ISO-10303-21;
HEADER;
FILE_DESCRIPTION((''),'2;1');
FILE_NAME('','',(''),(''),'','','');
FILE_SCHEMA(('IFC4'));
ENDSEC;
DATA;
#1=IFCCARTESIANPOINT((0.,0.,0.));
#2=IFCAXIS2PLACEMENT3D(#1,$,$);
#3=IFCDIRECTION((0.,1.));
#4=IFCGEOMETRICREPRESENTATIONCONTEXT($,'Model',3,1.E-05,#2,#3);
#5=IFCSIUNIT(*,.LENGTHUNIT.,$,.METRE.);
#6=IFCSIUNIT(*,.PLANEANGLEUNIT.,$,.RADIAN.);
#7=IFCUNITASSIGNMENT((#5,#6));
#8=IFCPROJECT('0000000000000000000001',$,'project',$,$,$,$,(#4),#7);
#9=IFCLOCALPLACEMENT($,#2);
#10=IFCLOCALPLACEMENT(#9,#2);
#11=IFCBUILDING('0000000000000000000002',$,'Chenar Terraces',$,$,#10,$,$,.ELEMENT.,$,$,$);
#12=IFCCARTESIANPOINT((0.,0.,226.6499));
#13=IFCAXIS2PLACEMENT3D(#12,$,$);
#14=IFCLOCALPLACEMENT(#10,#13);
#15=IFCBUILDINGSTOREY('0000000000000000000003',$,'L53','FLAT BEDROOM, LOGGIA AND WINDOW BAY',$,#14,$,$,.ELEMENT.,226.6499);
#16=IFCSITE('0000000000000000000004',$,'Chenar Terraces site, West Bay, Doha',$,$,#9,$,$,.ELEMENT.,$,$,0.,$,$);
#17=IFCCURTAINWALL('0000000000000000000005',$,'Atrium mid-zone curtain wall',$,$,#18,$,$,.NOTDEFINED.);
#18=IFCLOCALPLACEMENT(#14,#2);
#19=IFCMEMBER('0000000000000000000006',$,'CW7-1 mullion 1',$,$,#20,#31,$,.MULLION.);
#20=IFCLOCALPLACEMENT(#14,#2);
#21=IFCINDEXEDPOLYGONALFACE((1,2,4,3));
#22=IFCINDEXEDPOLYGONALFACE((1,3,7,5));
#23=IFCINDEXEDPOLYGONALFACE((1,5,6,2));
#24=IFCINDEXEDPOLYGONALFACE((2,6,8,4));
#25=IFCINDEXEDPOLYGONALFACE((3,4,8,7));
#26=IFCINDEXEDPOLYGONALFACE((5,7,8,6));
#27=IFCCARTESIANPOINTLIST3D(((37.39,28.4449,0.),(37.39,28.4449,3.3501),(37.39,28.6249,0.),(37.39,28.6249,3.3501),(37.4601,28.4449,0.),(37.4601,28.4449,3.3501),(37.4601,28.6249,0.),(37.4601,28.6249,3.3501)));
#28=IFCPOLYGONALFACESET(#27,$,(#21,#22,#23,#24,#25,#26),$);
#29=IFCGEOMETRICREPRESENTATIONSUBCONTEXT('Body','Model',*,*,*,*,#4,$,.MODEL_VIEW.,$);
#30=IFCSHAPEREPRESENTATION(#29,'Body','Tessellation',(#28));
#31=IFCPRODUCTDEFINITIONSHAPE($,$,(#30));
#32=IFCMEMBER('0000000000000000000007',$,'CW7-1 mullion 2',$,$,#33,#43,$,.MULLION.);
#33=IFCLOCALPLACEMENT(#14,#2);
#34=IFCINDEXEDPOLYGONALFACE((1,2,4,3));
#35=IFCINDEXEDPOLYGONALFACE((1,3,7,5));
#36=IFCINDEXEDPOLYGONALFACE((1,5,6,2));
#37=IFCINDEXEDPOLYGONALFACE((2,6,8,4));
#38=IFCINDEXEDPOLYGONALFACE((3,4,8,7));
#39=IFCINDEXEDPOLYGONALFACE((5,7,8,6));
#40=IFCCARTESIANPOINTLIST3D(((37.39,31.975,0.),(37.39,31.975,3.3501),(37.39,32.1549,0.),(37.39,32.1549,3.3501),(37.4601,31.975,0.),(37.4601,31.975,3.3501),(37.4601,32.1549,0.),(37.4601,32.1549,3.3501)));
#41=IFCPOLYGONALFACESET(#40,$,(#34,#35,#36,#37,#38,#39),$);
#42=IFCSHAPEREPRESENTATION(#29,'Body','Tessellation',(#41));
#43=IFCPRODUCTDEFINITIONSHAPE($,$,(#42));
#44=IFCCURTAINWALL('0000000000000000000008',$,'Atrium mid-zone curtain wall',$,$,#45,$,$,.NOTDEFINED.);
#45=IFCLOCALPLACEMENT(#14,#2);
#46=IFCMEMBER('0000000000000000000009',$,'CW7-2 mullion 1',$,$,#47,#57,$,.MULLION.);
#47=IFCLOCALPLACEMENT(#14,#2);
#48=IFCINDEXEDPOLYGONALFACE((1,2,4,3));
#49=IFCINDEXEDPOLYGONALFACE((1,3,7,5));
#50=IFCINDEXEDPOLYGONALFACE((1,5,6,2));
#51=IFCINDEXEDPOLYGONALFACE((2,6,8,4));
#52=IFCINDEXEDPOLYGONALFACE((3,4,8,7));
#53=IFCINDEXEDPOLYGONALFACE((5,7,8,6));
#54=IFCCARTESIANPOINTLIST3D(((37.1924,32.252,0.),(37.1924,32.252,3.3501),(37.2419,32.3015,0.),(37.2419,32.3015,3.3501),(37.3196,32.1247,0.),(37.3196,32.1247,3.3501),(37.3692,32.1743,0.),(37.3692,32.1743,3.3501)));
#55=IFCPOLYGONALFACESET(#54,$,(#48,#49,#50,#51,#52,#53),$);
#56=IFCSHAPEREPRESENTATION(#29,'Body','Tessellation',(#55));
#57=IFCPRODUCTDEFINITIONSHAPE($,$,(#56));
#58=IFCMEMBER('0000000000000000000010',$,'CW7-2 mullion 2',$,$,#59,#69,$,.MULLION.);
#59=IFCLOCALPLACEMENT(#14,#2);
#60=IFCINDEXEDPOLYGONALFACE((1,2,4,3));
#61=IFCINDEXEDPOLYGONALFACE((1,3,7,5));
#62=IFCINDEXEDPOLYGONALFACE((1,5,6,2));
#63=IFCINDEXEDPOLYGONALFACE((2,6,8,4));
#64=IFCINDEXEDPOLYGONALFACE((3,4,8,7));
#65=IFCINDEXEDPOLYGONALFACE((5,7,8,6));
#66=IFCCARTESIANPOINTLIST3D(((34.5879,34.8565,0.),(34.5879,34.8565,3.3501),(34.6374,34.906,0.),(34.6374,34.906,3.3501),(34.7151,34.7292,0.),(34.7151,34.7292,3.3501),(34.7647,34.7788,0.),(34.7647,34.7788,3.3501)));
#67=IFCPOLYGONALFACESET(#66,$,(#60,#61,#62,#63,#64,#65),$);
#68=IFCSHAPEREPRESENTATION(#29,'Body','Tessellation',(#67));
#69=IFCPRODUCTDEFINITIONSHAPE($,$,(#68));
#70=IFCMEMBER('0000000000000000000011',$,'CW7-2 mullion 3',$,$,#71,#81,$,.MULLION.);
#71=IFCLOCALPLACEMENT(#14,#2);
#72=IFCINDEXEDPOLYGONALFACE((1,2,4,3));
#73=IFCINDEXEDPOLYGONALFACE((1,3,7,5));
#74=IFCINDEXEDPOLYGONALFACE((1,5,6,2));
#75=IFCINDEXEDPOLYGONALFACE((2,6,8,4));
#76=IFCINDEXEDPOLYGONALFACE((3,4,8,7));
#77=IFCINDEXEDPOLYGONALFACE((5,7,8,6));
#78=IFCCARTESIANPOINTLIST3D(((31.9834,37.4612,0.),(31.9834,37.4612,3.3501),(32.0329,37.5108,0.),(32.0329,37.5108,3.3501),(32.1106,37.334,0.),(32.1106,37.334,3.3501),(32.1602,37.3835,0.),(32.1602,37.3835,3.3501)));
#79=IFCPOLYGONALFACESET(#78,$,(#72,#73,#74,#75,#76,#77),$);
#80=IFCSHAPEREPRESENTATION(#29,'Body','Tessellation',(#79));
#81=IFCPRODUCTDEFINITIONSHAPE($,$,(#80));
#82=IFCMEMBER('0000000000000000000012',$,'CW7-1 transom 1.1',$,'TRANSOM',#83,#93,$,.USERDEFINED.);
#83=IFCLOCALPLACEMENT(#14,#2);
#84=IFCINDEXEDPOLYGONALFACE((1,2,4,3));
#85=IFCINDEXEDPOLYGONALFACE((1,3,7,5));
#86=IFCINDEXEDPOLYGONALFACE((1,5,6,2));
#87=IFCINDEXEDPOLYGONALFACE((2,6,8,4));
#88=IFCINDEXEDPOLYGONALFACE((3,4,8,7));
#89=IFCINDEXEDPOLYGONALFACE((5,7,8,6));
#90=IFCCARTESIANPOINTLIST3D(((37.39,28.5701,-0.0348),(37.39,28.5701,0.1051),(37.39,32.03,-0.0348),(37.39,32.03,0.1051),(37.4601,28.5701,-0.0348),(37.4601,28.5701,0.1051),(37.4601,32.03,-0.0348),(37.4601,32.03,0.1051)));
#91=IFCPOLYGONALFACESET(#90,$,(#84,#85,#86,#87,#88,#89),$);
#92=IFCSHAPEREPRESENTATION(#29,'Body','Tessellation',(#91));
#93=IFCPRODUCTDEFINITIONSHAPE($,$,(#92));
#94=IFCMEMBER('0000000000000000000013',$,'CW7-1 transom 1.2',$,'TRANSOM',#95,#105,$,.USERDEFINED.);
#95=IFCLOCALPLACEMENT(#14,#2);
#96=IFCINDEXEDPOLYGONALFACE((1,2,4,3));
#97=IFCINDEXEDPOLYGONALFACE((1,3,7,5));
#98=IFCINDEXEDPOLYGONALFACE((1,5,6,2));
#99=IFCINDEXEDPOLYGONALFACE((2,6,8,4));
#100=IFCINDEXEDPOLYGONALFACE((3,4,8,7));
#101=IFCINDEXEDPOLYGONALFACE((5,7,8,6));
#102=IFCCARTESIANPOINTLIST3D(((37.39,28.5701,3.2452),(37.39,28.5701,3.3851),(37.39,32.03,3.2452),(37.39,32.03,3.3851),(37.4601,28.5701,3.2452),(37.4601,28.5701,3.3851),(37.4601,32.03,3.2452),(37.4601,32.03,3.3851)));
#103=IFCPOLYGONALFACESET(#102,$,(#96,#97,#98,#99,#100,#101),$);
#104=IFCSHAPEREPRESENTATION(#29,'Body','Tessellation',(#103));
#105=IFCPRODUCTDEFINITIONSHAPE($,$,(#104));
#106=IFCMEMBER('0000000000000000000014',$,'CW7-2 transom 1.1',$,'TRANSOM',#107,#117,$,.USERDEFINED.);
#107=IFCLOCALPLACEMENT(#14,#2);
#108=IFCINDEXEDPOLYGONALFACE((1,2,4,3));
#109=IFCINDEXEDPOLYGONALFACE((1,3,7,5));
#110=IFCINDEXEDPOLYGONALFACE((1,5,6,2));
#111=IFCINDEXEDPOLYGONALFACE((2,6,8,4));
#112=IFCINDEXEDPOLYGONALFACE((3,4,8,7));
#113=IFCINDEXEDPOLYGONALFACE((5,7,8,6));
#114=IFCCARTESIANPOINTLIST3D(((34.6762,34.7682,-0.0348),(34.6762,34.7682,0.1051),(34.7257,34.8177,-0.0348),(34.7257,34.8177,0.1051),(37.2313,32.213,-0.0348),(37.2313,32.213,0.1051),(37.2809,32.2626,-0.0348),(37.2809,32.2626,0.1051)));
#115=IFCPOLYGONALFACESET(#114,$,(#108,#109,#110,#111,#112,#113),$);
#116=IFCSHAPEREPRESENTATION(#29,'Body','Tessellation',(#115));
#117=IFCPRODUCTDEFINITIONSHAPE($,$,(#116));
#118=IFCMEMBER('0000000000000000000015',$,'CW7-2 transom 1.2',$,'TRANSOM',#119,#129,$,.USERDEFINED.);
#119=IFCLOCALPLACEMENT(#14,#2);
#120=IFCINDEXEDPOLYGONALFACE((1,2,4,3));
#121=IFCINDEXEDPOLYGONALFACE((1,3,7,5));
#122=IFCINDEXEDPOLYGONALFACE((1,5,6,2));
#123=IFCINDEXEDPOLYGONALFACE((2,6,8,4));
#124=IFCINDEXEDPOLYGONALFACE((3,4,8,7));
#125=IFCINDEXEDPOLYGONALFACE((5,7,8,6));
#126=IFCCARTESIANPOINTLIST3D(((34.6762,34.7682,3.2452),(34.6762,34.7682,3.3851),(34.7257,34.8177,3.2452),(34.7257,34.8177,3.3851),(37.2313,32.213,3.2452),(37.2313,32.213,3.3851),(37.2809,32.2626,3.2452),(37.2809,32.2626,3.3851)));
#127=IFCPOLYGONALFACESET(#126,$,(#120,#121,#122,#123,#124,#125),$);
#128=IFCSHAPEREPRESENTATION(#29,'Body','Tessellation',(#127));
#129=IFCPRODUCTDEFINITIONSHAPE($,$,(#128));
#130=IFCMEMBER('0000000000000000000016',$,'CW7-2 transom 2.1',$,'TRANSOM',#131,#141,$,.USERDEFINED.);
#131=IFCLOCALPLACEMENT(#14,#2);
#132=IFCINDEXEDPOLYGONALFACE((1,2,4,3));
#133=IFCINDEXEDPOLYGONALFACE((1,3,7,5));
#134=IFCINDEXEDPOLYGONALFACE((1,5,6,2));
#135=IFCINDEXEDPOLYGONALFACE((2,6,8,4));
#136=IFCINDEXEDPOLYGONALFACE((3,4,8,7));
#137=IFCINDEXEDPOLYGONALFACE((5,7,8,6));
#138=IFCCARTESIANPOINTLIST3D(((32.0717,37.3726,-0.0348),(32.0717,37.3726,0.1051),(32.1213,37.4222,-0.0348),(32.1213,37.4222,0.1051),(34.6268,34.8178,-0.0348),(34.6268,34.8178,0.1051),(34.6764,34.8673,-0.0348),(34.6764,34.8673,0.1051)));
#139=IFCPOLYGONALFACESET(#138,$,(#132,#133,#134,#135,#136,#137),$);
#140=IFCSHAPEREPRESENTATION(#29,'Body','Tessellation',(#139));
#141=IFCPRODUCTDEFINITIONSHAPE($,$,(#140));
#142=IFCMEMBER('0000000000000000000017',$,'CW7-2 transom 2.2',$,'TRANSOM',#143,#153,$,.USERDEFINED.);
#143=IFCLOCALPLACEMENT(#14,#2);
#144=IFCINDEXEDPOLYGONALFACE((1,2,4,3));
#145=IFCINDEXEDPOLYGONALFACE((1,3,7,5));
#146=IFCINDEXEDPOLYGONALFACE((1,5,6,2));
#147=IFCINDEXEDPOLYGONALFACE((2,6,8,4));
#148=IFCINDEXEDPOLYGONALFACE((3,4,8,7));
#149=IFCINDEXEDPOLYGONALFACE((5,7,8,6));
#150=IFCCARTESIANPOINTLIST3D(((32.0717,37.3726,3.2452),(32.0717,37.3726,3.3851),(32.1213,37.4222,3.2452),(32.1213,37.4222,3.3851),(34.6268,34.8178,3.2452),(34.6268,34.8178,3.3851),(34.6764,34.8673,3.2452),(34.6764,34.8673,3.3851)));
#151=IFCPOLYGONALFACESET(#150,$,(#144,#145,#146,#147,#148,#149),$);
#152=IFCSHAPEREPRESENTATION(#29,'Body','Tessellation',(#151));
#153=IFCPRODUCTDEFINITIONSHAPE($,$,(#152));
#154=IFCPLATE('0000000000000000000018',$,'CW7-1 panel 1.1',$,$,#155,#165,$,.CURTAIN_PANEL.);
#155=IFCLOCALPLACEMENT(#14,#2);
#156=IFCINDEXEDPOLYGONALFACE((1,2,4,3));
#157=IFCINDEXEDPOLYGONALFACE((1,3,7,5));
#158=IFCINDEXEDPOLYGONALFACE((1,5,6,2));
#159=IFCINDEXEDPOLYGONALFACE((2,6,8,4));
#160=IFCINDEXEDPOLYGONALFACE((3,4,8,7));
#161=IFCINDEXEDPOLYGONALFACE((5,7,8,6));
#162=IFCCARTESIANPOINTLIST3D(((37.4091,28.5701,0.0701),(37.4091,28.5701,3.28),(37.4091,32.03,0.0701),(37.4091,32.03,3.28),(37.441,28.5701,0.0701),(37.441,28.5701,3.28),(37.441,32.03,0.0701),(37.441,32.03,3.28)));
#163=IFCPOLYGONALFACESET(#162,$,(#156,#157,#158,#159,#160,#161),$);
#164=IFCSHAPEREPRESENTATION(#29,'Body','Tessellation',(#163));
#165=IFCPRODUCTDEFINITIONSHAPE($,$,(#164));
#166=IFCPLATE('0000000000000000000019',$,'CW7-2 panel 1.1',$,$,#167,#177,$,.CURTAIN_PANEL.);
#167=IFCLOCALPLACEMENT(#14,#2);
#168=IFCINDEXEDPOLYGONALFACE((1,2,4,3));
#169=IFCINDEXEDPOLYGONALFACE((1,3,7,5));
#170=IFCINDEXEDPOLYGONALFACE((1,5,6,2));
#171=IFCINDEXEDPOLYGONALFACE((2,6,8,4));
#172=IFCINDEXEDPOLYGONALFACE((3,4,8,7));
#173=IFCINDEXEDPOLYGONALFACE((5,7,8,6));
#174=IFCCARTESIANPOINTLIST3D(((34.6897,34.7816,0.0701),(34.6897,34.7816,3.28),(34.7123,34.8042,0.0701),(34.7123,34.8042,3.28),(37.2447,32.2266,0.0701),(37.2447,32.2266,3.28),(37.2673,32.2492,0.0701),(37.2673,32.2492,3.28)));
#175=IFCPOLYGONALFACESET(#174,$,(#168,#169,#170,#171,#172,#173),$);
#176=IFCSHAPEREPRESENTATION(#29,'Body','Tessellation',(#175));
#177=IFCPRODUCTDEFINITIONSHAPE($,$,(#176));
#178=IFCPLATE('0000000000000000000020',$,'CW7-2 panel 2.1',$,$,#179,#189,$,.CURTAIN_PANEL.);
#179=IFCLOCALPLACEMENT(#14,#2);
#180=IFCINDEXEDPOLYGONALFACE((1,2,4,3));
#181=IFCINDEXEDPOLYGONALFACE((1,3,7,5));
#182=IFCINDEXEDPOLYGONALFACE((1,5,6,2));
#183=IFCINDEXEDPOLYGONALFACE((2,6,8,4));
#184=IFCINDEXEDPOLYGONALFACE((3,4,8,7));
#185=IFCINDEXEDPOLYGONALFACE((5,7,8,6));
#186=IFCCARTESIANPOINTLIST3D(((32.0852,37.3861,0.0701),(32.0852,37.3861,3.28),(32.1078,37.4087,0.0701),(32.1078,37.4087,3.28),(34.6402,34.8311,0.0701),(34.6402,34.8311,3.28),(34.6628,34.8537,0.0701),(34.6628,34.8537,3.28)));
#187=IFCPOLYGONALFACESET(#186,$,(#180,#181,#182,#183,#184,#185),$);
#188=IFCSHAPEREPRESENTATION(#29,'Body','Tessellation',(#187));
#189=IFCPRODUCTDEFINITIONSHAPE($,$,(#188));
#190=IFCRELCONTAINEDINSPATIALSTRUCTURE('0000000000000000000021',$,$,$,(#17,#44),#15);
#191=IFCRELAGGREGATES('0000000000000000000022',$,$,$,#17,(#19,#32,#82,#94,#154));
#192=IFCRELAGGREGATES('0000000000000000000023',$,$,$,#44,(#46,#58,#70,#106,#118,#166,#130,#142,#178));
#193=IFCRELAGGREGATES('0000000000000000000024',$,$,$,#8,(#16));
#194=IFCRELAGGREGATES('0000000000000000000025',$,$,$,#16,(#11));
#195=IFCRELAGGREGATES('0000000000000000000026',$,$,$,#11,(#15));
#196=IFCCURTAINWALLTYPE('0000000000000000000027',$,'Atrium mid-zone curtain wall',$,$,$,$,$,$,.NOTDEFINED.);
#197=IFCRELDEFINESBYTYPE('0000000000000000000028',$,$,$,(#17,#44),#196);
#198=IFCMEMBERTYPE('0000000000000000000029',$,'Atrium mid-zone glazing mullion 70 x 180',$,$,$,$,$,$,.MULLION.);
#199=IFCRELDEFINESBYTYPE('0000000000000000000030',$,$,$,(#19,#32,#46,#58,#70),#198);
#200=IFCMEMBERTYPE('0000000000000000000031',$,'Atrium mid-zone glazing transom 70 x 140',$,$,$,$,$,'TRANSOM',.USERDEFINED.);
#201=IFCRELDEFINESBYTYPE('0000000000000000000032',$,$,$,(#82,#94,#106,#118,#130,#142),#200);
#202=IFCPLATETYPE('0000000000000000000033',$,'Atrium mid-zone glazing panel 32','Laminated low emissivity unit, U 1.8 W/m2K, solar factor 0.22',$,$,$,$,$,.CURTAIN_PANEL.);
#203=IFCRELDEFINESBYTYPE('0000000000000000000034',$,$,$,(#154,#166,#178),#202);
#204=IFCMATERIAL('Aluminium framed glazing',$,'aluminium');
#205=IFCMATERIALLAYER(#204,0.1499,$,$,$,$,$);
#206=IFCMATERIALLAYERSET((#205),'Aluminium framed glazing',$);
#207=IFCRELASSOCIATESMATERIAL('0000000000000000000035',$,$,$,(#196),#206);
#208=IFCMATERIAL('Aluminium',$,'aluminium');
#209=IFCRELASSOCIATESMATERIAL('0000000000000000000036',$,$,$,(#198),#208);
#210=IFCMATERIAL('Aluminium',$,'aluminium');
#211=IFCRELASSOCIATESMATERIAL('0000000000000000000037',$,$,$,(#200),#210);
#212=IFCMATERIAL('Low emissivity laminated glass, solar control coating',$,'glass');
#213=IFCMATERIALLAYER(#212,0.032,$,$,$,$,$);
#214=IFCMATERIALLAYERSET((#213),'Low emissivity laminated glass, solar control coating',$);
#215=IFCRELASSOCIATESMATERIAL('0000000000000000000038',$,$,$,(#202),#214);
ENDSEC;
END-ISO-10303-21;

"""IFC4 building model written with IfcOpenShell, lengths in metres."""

from ifc_helpers import new_model, si_unit, direction, frame, origin, origin_2d, place, context, subcontext, project, spatial, rectangle, extrude, material, layer, layer_set, material_profile, profile_set, type_object, element, aggregate, save


model = new_model("IFC4")

# Units and contexts
model_context = context("Model", 3, precision=1e-05, world=origin(), true_north=direction((0.0, 1.0)))
body_context = subcontext(model_context, "Body", "Model", "MODEL_VIEW")
ifc_project = project(units=[si_unit("LENGTHUNIT", "METRE"), si_unit("PLANEANGLEUNIT", "RADIAN")], contexts=[model_context])

# Site, building, storey
site_placement = place(None, origin())
site = spatial("IfcSite", under=ifc_project, at=site_placement, Name="Chenar Terraces site, West Bay, Doha", CompositionType="ELEMENT", RefElevation=0.0)
building_placement = place(site_placement, origin())
building = spatial("IfcBuilding", under=site, at=building_placement, Name="Chenar Terraces", CompositionType="ELEMENT")
storey_placement = place(building_placement, frame((0.0, 0.0, 226.6499)))
storey = spatial("IfcBuildingStorey", under=building, at=storey_placement, Name="L53", Description="FLAT BEDROOM, LOGGIA AND WINDOW BAY", CompositionType="ELEMENT", Elevation=226.6499)

# Curtain walls, members
ifc_material_1 = material(Name="Aluminium framed glazing", Category="aluminium")
ifc_layer_1 = layer(ifc_material_1, 0.1499)
ifc_layer_set_1 = layer_set([ifc_layer_1], Name="Aluminium framed glazing")
curtain_wall_type = type_object("IfcCurtainWallType", Name="Atrium mid-zone curtain wall", PredefinedType="NOTDEFINED", material=ifc_layer_set_1)
placement = place(storey_placement, origin())
curtain_wall_1 = element("IfcCurtainWall", 1, at=placement, inside=storey, type_object=curtain_wall_type, Name="Atrium mid-zone curtain wall", PredefinedType="NOTDEFINED")
ifc_material_2 = material(Name="Aluminium", Category="aluminium")
ifc_material_profile_1 = material_profile(ifc_material_2, rectangle(XDim=0.0701, YDim=0.1799, at=origin_2d()), Name="Atrium mid-zone glazing mullion 70 x 180")
ifc_profile_set_1 = profile_set([ifc_material_profile_1], Name="Aluminium")
member_type_1 = type_object("IfcMemberType", Name="Atrium mid-zone glazing mullion 70 x 180", PredefinedType="MULLION", material=ifc_profile_set_1)
member_1_placement = place(storey_placement, frame((37.425, 28.5349, 0.0), z_axis=(0.0, 0.0, 1.0), x_axis=(-1.0, 0.0, 0.0)))
member_1 = element("IfcMember", 2, at=member_1_placement, type_object=member_type_1, Name="CW7-1 mullion 1", PredefinedType="MULLION", context=body_context, shape_type="SweptSolid", body=[
    extrude(rectangle(XDim=0.0701, YDim=0.1799, at=origin_2d()), origin(), (0.0, 0.0, 1.0), 3.3501),
])
member_2_placement = place(storey_placement, frame((37.425, 32.0649, 0.0), z_axis=(0.0, 0.0, 1.0), x_axis=(-1.0, 0.0, 0.0)))
member_2 = element("IfcMember", 3, at=member_2_placement, type_object=member_type_1, Name="CW7-1 mullion 2", PredefinedType="MULLION", context=body_context, shape_type="SweptSolid", body=[
    extrude(rectangle(XDim=0.0701, YDim=0.1799, at=origin_2d()), origin(), (0.0, 0.0, 1.0), 3.3501),
])
curtain_wall_2 = element("IfcCurtainWall", 4, at=placement, inside=storey, type_object=curtain_wall_type, Name="Atrium mid-zone curtain wall", PredefinedType="NOTDEFINED")
member_3_placement = place(storey_placement, frame((37.2808, 32.2131, 0.0), z_axis=(0.0, 0.0, 1.0), x_axis=(-0.707107, -0.707107, 0.0)))
member_3 = element("IfcMember", 5, at=member_3_placement, type_object=member_type_1, Name="CW7-2 mullion 1", PredefinedType="MULLION", context=body_context, shape_type="SweptSolid", body=[
    extrude(rectangle(XDim=0.0701, YDim=0.1799, at=origin_2d()), origin(), (0.0, 0.0, 1.0), 3.3501),
])
member_4_placement = place(storey_placement, frame((34.6763, 34.8176, 0.0), z_axis=(0.0, 0.0, 1.0), x_axis=(-0.707107, -0.707107, 0.0)))
member_4 = element("IfcMember", 6, at=member_4_placement, type_object=member_type_1, Name="CW7-2 mullion 2", PredefinedType="MULLION", context=body_context, shape_type="SweptSolid", body=[
    extrude(rectangle(XDim=0.0701, YDim=0.1799, at=origin_2d()), origin(), (0.0, 0.0, 1.0), 3.3501),
])
member_5_placement = place(storey_placement, frame((32.0718, 37.4224, 0.0), z_axis=(0.0, 0.0, 1.0), x_axis=(-0.707107, -0.707107, 0.0)))
member_5 = element("IfcMember", 7, at=member_5_placement, type_object=member_type_1, Name="CW7-2 mullion 3", PredefinedType="MULLION", context=body_context, shape_type="SweptSolid", body=[
    extrude(rectangle(XDim=0.0701, YDim=0.1799, at=origin_2d()), origin(), (0.0, 0.0, 1.0), 3.3501),
])

# Members
ifc_material_3 = material(Name="Aluminium", Category="aluminium")
ifc_material_profile_2 = material_profile(ifc_material_3, rectangle(XDim=0.0701, YDim=0.1399, at=origin_2d()), Name="Atrium mid-zone glazing transom 70 x 140")
ifc_profile_set_2 = profile_set([ifc_material_profile_2], Name="Aluminium")
member_type_2 = type_object("IfcMemberType", Name="Atrium mid-zone glazing transom 70 x 140", ElementType="TRANSOM", PredefinedType="USERDEFINED", material=ifc_profile_set_2)
member_6_placement = place(storey_placement, frame((37.425, 28.5701, 0.0352), z_axis=(0.0, 1.0, 0.0), x_axis=(-1.0, 0.0, 0.0)))
member_6 = element("IfcMember", 8, at=member_6_placement, type_object=member_type_2, Name="CW7-1 transom 1.1", ObjectType="TRANSOM", PredefinedType="USERDEFINED", context=body_context, shape_type="SweptSolid", body=[
    extrude(rectangle(XDim=0.0701, YDim=0.1399, at=origin_2d()), origin(), (0.0, 0.0, 1.0), 3.46),
])
member_7_placement = place(storey_placement, frame((37.425, 28.5701, 3.3152), z_axis=(0.0, 1.0, 0.0), x_axis=(-1.0, 0.0, 0.0)))
member_7 = element("IfcMember", 9, at=member_7_placement, type_object=member_type_2, Name="CW7-1 transom 1.2", ObjectType="TRANSOM", PredefinedType="USERDEFINED", context=body_context, shape_type="SweptSolid", body=[
    extrude(rectangle(XDim=0.0701, YDim=0.1399, at=origin_2d()), origin(), (0.0, 0.0, 1.0), 3.46),
])
member_8_placement = place(storey_placement, frame((37.2561, 32.2378, 0.0352), z_axis=(-0.707107, 0.707107, 0.0), x_axis=(-0.707107, -0.707107, 0.0)))
member_8 = element("IfcMember", 10, at=member_8_placement, type_object=member_type_2, Name="CW7-2 transom 1.1", ObjectType="TRANSOM", PredefinedType="USERDEFINED", context=body_context, shape_type="SweptSolid", body=[
    extrude(rectangle(XDim=0.0701, YDim=0.1399, at=origin_2d()), origin(), (0.0, 0.0, 1.0), 3.6135),
])
member_9_placement = place(storey_placement, frame((37.2561, 32.2378, 3.3152), z_axis=(-0.707107, 0.707107, 0.0), x_axis=(-0.707107, -0.707107, 0.0)))
member_9 = element("IfcMember", 11, at=member_9_placement, type_object=member_type_2, Name="CW7-2 transom 1.2", ObjectType="TRANSOM", PredefinedType="USERDEFINED", context=body_context, shape_type="SweptSolid", body=[
    extrude(rectangle(XDim=0.0701, YDim=0.1399, at=origin_2d()), origin(), (0.0, 0.0, 1.0), 3.6135),
])
member_10_placement = place(storey_placement, frame((34.6516, 34.8425, 0.0352), z_axis=(-0.707141, 0.707073, 0.0), x_axis=(-0.707073, -0.707141, 0.0)))
member_10 = element("IfcMember", 12, at=member_10_placement, type_object=member_type_2, Name="CW7-2 transom 2.1", ObjectType="TRANSOM", PredefinedType="USERDEFINED", context=body_context, shape_type="SweptSolid", body=[
    extrude(rectangle(XDim=0.0701, YDim=0.1399, at=origin_2d()), origin(), (0.0, 0.0, 1.0), 3.6133),
])
member_11_placement = place(storey_placement, frame((34.6516, 34.8425, 3.3152), z_axis=(-0.707141, 0.707073, 0.0), x_axis=(-0.707073, -0.707141, 0.0)))
member_11 = element("IfcMember", 13, at=member_11_placement, type_object=member_type_2, Name="CW7-2 transom 2.2", ObjectType="TRANSOM", PredefinedType="USERDEFINED", context=body_context, shape_type="SweptSolid", body=[
    extrude(rectangle(XDim=0.0701, YDim=0.1399, at=origin_2d()), origin(), (0.0, 0.0, 1.0), 3.6133),
])

# Plates
ifc_material_4 = material(Name="Low emissivity laminated glass, solar control coating", Category="glass")
ifc_layer_2 = layer(ifc_material_4, 0.032)
ifc_layer_set_2 = layer_set([ifc_layer_2], Name="Low emissivity laminated glass, solar control coating")
plate_type = type_object("IfcPlateType", Name="Atrium mid-zone glazing panel 32", Description="Laminated low emissivity unit, U 1.8 W/m2K, solar factor 0.22", PredefinedType="CURTAIN_PANEL", material=ifc_layer_set_2)
plate_1_placement = place(storey_placement, frame((37.425, 30.3, 0.0701), z_axis=(0.0, 0.0, 1.0), x_axis=(0.0, 1.0, 0.0)))
plate_1 = element("IfcPlate", 14, at=plate_1_placement, type_object=plate_type, Name="CW7-1 panel 1.1", PredefinedType="CURTAIN_PANEL", context=body_context, shape_type="SweptSolid", body=[
    extrude(rectangle(XDim=3.46, YDim=0.032, at=origin_2d()), origin(), (0.0, 0.0, 1.0), 3.21),
])
aggregate(curtain_wall_1, [member_1, member_2, member_6, member_7, plate_1])
plate_2_placement = place(storey_placement, frame((35.9785, 33.5154, 0.0701), z_axis=(0.0, 0.0, 1.0), x_axis=(-0.707107, 0.707107, 0.0)))
plate_2 = element("IfcPlate", 15, at=plate_2_placement, type_object=plate_type, Name="CW7-2 panel 1.1", PredefinedType="CURTAIN_PANEL", context=body_context, shape_type="SweptSolid", body=[
    extrude(rectangle(XDim=3.6133, YDim=0.032, at=origin_2d()), origin(), (0.0, 0.0, 1.0), 3.21),
])
plate_3_placement = place(storey_placement, frame((33.374, 36.1199, 0.0701), z_axis=(0.0, 0.0, 1.0), x_axis=(-0.707107, 0.707107, 0.0)))
plate_3 = element("IfcPlate", 16, at=plate_3_placement, type_object=plate_type, Name="CW7-2 panel 2.1", PredefinedType="CURTAIN_PANEL", context=body_context, shape_type="SweptSolid", body=[
    extrude(rectangle(XDim=3.6133, YDim=0.032, at=origin_2d()), origin(), (0.0, 0.0, 1.0), 3.21),
])
aggregate(curtain_wall_2, [member_3, member_4, member_5, member_8, member_9, plate_2, member_10, member_11, plate_3])

save(model, "model.ifc")
